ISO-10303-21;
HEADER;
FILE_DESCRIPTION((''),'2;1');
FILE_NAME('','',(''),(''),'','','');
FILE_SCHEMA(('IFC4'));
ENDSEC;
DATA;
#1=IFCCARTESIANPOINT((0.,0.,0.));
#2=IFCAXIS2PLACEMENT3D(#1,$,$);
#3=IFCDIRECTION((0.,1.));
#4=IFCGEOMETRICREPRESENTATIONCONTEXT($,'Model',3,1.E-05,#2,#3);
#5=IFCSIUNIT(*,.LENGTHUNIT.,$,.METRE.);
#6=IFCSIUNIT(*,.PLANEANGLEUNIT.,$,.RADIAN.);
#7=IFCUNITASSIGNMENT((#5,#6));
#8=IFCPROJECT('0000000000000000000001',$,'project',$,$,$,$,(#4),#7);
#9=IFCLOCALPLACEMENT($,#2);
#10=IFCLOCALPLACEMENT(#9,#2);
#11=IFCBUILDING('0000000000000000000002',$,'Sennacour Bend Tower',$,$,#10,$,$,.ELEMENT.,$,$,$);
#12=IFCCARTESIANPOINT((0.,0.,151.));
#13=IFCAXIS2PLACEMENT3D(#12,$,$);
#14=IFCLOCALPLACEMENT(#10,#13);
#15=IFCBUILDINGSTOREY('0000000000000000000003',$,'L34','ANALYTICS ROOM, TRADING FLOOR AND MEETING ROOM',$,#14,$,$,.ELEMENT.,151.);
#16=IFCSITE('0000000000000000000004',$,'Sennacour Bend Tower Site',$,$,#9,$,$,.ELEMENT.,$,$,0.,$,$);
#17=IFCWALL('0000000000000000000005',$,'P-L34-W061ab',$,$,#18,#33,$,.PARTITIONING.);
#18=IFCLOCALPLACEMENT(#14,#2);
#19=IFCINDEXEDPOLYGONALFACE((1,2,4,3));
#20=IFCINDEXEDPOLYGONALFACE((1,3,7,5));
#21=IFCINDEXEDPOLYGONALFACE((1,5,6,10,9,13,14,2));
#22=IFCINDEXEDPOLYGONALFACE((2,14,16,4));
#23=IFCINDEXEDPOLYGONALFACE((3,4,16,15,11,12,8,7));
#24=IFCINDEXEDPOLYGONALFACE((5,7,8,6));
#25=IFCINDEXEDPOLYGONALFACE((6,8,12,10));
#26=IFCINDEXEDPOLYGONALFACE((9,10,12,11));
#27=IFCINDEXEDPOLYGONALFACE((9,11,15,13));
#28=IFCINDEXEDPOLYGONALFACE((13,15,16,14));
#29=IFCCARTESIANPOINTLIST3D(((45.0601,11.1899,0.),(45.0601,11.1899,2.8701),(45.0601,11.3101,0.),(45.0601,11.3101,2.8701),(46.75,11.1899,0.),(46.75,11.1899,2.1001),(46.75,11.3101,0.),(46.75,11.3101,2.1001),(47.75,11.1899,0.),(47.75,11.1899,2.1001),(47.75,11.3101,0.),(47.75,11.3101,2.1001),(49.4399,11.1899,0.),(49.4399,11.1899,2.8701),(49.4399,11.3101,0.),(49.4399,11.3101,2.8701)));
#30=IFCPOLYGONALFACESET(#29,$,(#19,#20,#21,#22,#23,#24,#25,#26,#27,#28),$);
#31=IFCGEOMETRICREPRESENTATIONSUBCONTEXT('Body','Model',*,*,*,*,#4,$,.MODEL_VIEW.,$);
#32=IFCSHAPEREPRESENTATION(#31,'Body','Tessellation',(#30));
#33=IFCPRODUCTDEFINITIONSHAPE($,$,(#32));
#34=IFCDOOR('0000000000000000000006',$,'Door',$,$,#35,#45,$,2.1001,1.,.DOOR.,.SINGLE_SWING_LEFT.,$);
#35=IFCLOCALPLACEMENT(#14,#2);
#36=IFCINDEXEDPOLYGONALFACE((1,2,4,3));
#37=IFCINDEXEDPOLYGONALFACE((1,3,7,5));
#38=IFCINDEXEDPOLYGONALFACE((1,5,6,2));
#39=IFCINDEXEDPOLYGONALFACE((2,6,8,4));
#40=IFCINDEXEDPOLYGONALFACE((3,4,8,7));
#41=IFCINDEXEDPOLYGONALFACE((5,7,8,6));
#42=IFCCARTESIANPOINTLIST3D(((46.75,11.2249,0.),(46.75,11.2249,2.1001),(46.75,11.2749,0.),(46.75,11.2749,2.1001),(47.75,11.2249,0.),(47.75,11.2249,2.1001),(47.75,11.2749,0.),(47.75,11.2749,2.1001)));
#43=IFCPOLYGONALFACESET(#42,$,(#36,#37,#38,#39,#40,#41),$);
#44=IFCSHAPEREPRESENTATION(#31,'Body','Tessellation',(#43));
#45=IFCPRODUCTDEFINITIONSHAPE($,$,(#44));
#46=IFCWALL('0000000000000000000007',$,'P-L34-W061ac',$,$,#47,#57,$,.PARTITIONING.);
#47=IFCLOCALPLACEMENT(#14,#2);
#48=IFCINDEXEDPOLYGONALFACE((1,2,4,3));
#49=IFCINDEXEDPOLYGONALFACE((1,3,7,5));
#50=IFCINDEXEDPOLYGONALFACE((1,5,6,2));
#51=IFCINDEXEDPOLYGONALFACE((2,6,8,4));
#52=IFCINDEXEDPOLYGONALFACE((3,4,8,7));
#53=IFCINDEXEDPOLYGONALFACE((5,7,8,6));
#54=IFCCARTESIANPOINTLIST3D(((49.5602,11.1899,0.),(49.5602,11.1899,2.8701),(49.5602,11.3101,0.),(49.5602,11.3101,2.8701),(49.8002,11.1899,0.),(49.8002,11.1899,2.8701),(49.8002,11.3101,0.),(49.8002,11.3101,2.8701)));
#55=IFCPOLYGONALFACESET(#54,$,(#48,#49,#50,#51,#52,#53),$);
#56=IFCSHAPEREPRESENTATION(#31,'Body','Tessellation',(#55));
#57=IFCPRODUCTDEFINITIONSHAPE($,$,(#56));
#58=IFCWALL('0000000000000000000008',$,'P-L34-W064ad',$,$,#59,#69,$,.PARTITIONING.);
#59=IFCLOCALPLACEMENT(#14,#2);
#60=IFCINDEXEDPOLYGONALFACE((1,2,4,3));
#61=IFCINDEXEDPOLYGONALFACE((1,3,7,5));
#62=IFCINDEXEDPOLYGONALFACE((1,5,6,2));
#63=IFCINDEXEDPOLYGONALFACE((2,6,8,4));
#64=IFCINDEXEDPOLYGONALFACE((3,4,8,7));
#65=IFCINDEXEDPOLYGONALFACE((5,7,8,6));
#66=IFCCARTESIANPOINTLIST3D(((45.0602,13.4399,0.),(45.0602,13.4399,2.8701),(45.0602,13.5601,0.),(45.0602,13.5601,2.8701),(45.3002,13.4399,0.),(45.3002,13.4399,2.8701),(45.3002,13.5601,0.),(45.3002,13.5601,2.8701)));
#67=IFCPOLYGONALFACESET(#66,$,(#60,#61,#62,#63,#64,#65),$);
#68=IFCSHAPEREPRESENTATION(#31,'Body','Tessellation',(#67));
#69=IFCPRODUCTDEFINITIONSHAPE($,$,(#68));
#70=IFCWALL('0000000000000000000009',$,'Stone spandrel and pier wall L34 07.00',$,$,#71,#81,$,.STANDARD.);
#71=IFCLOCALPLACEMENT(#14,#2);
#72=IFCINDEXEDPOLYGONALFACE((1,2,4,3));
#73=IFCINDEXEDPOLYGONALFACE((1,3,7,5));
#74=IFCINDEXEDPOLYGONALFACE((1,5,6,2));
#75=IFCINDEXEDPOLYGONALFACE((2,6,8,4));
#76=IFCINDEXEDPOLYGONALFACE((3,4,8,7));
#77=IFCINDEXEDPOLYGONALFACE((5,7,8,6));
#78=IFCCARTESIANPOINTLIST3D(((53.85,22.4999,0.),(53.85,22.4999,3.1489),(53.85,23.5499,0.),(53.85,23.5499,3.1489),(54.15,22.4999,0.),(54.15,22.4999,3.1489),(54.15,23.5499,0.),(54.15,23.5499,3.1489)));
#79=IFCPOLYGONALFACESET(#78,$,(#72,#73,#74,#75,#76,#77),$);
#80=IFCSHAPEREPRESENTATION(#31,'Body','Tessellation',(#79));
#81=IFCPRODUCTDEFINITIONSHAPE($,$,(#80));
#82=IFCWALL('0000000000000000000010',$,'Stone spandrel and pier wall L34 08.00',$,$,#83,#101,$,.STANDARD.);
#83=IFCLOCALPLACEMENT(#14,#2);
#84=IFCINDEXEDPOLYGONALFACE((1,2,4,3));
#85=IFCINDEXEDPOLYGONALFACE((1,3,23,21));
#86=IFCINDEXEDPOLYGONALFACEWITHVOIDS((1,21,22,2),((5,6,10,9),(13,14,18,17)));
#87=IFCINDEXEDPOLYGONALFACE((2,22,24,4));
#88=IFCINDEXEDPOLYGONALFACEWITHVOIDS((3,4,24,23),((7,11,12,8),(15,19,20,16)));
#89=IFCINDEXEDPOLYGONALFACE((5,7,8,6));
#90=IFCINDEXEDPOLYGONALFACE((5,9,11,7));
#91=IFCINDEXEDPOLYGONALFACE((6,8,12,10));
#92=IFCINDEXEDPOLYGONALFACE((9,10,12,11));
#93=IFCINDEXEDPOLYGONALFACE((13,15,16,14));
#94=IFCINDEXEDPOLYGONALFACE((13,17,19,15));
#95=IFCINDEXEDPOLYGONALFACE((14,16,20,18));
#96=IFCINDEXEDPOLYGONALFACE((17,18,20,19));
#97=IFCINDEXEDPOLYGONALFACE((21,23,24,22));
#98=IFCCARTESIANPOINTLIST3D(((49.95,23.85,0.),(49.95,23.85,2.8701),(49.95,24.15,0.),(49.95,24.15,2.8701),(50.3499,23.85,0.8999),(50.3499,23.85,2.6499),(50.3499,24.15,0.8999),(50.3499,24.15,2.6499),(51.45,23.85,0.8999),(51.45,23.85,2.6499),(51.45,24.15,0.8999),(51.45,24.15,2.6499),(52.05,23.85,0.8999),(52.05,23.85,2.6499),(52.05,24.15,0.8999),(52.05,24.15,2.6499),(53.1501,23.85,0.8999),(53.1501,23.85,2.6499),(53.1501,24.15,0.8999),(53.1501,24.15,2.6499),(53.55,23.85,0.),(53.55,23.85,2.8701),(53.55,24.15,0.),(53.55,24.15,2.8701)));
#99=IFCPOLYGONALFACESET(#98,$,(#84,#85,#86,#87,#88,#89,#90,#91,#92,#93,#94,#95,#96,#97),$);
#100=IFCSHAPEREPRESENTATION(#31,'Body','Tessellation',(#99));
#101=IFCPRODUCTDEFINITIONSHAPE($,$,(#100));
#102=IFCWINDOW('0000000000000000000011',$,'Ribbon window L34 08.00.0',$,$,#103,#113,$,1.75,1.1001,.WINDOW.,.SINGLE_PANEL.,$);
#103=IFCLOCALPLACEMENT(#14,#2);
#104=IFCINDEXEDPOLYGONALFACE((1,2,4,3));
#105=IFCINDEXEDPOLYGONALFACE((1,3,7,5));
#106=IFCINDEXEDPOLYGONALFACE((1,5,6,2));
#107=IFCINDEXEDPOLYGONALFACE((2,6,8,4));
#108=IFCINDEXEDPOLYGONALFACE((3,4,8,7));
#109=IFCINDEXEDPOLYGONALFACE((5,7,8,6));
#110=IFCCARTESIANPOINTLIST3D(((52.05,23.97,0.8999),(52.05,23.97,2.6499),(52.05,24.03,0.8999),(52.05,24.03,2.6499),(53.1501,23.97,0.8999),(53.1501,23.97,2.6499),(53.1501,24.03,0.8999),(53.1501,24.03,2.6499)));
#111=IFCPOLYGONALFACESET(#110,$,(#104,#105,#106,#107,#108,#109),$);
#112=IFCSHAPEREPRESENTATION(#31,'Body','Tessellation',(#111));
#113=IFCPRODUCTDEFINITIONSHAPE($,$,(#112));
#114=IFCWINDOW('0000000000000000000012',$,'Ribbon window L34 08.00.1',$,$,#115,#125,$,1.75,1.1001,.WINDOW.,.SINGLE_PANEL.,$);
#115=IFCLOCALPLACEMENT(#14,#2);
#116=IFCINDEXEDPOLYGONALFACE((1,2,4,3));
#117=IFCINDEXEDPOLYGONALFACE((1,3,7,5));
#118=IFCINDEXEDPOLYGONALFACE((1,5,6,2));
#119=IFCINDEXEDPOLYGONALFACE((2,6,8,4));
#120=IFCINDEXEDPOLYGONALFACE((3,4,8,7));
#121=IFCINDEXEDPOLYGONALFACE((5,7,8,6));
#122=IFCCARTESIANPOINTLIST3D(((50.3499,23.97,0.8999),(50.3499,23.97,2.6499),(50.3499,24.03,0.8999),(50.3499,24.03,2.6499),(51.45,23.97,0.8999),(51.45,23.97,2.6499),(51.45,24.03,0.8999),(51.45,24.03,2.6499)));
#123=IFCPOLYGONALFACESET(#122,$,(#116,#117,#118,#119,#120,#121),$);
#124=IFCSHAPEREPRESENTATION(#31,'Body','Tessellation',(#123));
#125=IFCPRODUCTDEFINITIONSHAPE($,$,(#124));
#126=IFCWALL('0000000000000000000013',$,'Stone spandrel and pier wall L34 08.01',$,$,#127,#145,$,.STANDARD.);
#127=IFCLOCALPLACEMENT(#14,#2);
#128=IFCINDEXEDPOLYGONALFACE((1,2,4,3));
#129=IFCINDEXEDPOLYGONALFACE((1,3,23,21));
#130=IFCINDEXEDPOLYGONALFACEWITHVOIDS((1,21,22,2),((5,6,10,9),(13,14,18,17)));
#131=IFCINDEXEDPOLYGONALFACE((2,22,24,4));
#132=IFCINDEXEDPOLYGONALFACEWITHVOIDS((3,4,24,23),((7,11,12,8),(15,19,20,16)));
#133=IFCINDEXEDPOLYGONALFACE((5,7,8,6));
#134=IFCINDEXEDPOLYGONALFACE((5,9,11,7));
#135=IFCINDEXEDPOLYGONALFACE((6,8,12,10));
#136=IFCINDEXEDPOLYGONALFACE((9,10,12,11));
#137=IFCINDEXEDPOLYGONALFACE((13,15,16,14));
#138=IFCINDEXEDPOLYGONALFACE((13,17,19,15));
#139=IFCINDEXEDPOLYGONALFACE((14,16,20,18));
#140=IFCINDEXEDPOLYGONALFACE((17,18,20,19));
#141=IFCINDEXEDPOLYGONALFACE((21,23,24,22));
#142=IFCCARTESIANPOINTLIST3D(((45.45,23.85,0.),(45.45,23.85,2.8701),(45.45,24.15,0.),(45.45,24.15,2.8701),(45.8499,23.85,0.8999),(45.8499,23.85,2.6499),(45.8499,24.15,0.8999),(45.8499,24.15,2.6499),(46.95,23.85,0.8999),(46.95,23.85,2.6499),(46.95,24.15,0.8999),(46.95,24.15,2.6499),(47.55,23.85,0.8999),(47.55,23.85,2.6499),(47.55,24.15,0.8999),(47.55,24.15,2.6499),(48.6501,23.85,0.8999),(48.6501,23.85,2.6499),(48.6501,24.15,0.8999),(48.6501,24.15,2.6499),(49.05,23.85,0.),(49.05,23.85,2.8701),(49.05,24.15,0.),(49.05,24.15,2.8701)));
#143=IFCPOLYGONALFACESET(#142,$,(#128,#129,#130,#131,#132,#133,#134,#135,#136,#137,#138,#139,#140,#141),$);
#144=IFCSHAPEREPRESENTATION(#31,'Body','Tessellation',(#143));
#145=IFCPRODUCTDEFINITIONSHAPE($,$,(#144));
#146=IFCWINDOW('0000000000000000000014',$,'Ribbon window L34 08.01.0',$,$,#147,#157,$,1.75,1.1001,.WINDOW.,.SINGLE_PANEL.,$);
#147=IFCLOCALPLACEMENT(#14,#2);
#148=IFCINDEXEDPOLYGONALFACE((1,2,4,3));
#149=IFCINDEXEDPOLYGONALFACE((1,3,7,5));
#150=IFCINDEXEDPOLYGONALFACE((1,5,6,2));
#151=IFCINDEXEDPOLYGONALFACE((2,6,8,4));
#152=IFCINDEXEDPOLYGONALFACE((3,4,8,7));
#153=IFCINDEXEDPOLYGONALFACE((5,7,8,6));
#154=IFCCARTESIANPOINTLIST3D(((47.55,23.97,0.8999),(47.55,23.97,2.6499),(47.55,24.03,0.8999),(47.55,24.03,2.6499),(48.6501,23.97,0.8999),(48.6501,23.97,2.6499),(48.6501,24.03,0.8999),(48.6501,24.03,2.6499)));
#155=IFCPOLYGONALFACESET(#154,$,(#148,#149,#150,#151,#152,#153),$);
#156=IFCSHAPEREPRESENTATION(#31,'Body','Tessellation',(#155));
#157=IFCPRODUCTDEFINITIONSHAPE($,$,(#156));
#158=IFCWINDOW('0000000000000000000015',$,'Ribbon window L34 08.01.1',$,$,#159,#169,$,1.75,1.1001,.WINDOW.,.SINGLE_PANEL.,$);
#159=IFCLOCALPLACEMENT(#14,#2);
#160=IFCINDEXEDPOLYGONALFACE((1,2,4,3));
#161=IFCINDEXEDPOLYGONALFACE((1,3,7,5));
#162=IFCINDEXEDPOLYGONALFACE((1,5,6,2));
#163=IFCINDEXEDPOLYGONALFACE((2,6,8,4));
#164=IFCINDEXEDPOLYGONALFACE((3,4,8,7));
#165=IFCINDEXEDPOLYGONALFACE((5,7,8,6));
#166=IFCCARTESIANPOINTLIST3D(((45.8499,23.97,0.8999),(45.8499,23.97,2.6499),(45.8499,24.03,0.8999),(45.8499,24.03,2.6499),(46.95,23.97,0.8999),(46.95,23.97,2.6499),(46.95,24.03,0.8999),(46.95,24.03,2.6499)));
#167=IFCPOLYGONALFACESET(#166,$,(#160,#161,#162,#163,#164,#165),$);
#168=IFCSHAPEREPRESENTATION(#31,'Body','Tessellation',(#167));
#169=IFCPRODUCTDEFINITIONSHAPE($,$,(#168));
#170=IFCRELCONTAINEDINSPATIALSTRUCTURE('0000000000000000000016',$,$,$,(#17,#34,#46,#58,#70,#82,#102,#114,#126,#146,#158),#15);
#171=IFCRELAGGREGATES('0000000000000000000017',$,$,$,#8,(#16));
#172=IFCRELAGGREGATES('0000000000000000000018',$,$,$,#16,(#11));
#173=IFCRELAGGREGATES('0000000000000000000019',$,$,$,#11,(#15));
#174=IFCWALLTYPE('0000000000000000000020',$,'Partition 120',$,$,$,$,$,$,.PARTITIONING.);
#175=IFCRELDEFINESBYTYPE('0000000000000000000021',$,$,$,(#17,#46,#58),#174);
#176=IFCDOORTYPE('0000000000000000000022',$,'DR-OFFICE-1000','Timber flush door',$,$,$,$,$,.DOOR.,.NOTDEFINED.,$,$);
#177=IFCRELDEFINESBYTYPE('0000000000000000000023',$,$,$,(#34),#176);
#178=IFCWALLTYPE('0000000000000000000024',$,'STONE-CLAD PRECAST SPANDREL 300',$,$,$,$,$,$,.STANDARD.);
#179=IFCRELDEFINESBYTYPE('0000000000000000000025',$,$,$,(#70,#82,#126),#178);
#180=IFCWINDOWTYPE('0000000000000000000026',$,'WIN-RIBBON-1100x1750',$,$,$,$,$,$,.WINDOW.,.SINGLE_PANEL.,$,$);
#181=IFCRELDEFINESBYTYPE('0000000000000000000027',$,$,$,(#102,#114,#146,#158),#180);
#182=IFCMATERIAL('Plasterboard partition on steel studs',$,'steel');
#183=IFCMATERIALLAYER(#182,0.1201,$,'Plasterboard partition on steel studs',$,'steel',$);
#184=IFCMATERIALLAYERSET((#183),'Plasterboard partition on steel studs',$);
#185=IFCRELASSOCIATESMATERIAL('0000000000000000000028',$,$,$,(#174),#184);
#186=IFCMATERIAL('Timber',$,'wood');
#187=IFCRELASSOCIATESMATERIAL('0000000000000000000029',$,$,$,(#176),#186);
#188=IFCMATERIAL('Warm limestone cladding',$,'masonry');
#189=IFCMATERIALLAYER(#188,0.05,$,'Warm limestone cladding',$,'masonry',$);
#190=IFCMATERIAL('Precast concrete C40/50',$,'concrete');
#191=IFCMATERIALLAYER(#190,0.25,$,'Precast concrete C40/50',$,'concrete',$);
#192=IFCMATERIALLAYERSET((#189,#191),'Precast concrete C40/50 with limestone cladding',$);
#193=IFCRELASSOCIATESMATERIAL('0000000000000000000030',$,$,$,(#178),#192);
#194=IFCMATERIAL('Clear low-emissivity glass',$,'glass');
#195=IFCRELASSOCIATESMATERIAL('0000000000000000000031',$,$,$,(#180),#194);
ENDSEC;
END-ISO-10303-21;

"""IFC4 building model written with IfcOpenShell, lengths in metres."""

from ifc_helpers import new_model, si_unit, direction, frame, frame_2d, origin, place, context, subcontext, project, spatial, rectangle, extrude, material, layer, layer_set, type_object, element, fill, save


model = new_model("IFC4")

# Units and contexts
model_context = context("Model", 3, precision=1e-05, world=origin(), true_north=direction((0.0, 1.0)))
body_context = subcontext(model_context, "Body", "Model", "MODEL_VIEW")
ifc_project = project(units=[si_unit("LENGTHUNIT", "METRE"), si_unit("PLANEANGLEUNIT", "RADIAN")], contexts=[model_context])

# Site, building, storey
site_placement = place(None, origin())
site = spatial("IfcSite", under=ifc_project, at=site_placement, Name="Sennacour Bend Tower Site", CompositionType="ELEMENT", RefElevation=0.0)
building_placement = place(site_placement, origin())
building = spatial("IfcBuilding", under=site, at=building_placement, Name="Sennacour Bend Tower", CompositionType="ELEMENT")
storey_placement = place(building_placement, frame((0.0, 0.0, 151.0)))
storey = spatial("IfcBuildingStorey", under=building, at=storey_placement, Name="L34", Description="ANALYTICS ROOM, TRADING FLOOR AND MEETING ROOM", CompositionType="ELEMENT", Elevation=151.0)

# Shared definitions
ifc_material_1 = material(Name="Clear low-emissivity glass", Category="glass")

# Shared definitions
ifc_material_2 = material(Name="Plasterboard partition on steel studs", Category="steel")
ifc_layer_1 = layer(ifc_material_2, 0.1201, Name="Plasterboard partition on steel studs", Category="steel")
ifc_layer_set_1 = layer_set([ifc_layer_1], Name="Plasterboard partition on steel studs")
wall_type_1 = type_object("IfcWallType", Name="Partition 120", PredefinedType="PARTITIONING", material=ifc_layer_set_1)

# Wall, opening, door
wall_1_placement = place(storey_placement, frame((45.0601, 11.25, 0.0), z_axis=(0.0, 0.0, 1.0), x_axis=(1.0, 0.0, 0.0)))
wall_1 = element("IfcWall", 1, at=wall_1_placement, inside=storey, type_object=wall_type_1, Name="P-L34-W061ab", PredefinedType="PARTITIONING", context=body_context, shape_type="SweptSolid", body=[
    extrude(rectangle(XDim=4.3799, YDim=0.1201, at=frame_2d((2.1899, 0.0))), origin(), (0.0, 0.0, 1.0), 2.8701),
])
opening_1_placement = place(wall_1_placement, frame((1.6899, 0.0, 0.0)))
opening_1 = element("IfcOpeningElement", 2, at=opening_1_placement, cuts=wall_1, PredefinedType="OPENING", context=body_context, shape_type="SweptSolid", body=[
    extrude(rectangle(XDim=1.0, YDim=2.1001, at=frame_2d((0.5, 1.05))), frame((0.0, 0.0701, 0.0), z_axis=(0.0, -1.0, 0.0), x_axis=(1.0, 0.0, 0.0)), (0.0, 0.0, 1.0), 0.1401),
])
ifc_material_3 = material(Name="Timber", Category="wood")
door_type_1 = type_object("IfcDoorType", Name="DR-OFFICE-1000", Description="Timber flush door", OperationType="NOTDEFINED", PredefinedType="DOOR", material=ifc_material_3)
door_1_placement = place(opening_1_placement, origin())
door_1 = element("IfcDoor", 3, at=door_1_placement, inside=storey, type_object=door_type_1, Name="Door", OperationType="SINGLE_SWING_LEFT", OverallHeight=2.1001, OverallWidth=1.0, PredefinedType="DOOR", context=body_context, shape_type="SweptSolid", body=[
    extrude(rectangle(XDim=1.0, YDim=2.1001, at=frame_2d((0.5, 1.05))), frame((0.0, 0.0249, 0.0), z_axis=(0.0, -1.0, 0.0), x_axis=(1.0, 0.0, 0.0)), (0.0, 0.0, 1.0), 0.05),
])
fill(opening_1, door_1)

# Walls
for number, where, z_axis, x_axis, name in (
    (4, (49.5601, 11.25, 0.0), (0.0, 0.0, 1.0), (1.0, 0.0, 0.0), "P-L34-W061ac"),
    (5, (45.0601, 13.5, 0.0), (0.0, 0.0, 1.0), (1.0, 0.0, 0.0), "P-L34-W064ad"),
):
    element("IfcWall", number, at=place(storey_placement, frame(where, z_axis=z_axis, x_axis=x_axis)), inside=storey, type_object=wall_type_1, Name=name, PredefinedType="PARTITIONING", context=body_context, shape_type="SweptSolid", body=[
        extrude(rectangle(XDim=0.24, YDim=0.1201, at=frame_2d((0.1201, 0.0))), origin(), (0.0, 0.0, 1.0), 2.8701),
    ])
ifc_material_4 = material(Name="Warm limestone cladding", Category="masonry")
ifc_layer_2 = layer(ifc_material_4, 0.05, Name="Warm limestone cladding", Category="masonry")
ifc_material_5 = material(Name="Precast concrete C40/50", Category="concrete")
ifc_layer_3 = layer(ifc_material_5, 0.25, Name="Precast concrete C40/50", Category="concrete")
ifc_layer_set_2 = layer_set([ifc_layer_2, ifc_layer_3], Name="Precast concrete C40/50 with limestone cladding")
wall_type_2 = type_object("IfcWallType", Name="STONE-CLAD PRECAST SPANDREL 300", PredefinedType="STANDARD", material=ifc_layer_set_2)
wall_2_placement = place(storey_placement, frame((54.0, 22.5, 0.0), z_axis=(0.0, 0.0, 1.0), x_axis=(0.0, 1.0, 0.0)))
element("IfcWall", 6, at=wall_2_placement, inside=storey, type_object=wall_type_2, Name="Stone spandrel and pier wall L34 07.00", PredefinedType="STANDARD", context=body_context, shape_type="SweptSolid", body=[
    extrude(rectangle(XDim=1.05, YDim=0.3, at=frame_2d((0.5249, 0.0))), origin(), (0.0, 0.0, 1.0), 3.1489),
])

# Walls, openings, windows
wall_3_placement = place(storey_placement, frame((53.55, 24.0, 0.0), z_axis=(0.0, 0.0, 1.0), x_axis=(-1.0, 0.0, 0.0)))
wall_3 = element("IfcWall", 7, at=wall_3_placement, inside=storey, type_object=wall_type_2, Name="Stone spandrel and pier wall L34 08.00", PredefinedType="STANDARD", context=body_context, shape_type="SweptSolid", body=[
    extrude(rectangle(XDim=3.6001, YDim=0.3, at=frame_2d((1.8, 0.0))), origin(), (0.0, 0.0, 1.0), 2.8701),
])
opening_2_placement = place(wall_3_placement, frame((0.3999, 0.0, 0.8999)))
opening_2 = element("IfcOpeningElement", 8, at=opening_2_placement, cuts=wall_3, PredefinedType="OPENING", context=body_context, shape_type="SweptSolid", body=[
    extrude(rectangle(XDim=1.1001, YDim=1.75, at=frame_2d((0.55, 0.875))), frame((0.0, 0.1602, 0.0), z_axis=(0.0, -1.0, 0.0), x_axis=(1.0, 0.0, 0.0)), (0.0, 0.0, 1.0), 0.3201),
])
opening_3_placement = place(wall_3_placement, frame((2.1001, 0.0, 0.8999)))
opening_3 = element("IfcOpeningElement", 9, at=opening_3_placement, cuts=wall_3, PredefinedType="OPENING", context=body_context, shape_type="SweptSolid", body=[
    extrude(rectangle(XDim=1.1001, YDim=1.75, at=frame_2d((0.55, 0.875))), frame((0.0, 0.1602, 0.0), z_axis=(0.0, -1.0, 0.0), x_axis=(1.0, 0.0, 0.0)), (0.0, 0.0, 1.0), 0.3201),
])
window_type = type_object("IfcWindowType", Name="WIN-RIBBON-1100x1750", PartitioningType="SINGLE_PANEL", PredefinedType="WINDOW", material=ifc_material_1)
window_1_placement = place(opening_2_placement, origin())
window_1 = element("IfcWindow", 10, at=window_1_placement, inside=storey, type_object=window_type, Name="Ribbon window L34 08.00.0", OverallHeight=1.75, OverallWidth=1.1001, PartitioningType="SINGLE_PANEL", PredefinedType="WINDOW", context=body_context, shape_type="SweptSolid", body=[
    extrude(rectangle(XDim=1.1001, YDim=1.75, at=frame_2d((0.55, 0.875))), frame((0.0, 0.03, 0.0), z_axis=(0.0, -1.0, 0.0), x_axis=(1.0, 0.0, 0.0)), (0.0, 0.0, 1.0), 0.0601),
])
fill(opening_2, window_1)
window_2_placement = place(opening_3_placement, origin())
window_2 = element("IfcWindow", 11, at=window_2_placement, inside=storey, type_object=window_type, Name="Ribbon window L34 08.00.1", OverallHeight=1.75, OverallWidth=1.1001, PartitioningType="SINGLE_PANEL", PredefinedType="WINDOW", context=body_context, shape_type="SweptSolid", body=[
    extrude(rectangle(XDim=1.1001, YDim=1.75, at=frame_2d((0.55, 0.875))), frame((0.0, 0.03, 0.0), z_axis=(0.0, -1.0, 0.0), x_axis=(1.0, 0.0, 0.0)), (0.0, 0.0, 1.0), 0.0601),
])
fill(opening_3, window_2)
wall_4_placement = place(storey_placement, frame((49.05, 24.0, 0.0), z_axis=(0.0, 0.0, 1.0), x_axis=(-1.0, 0.0, 0.0)))
wall_4 = element("IfcWall", 12, at=wall_4_placement, inside=storey, type_object=wall_type_2, Name="Stone spandrel and pier wall L34 08.01", PredefinedType="STANDARD", context=body_context, shape_type="SweptSolid", body=[
    extrude(rectangle(XDim=3.6001, YDim=0.3, at=frame_2d((1.8, 0.0))), origin(), (0.0, 0.0, 1.0), 2.8701),
])
opening_4_placement = place(wall_4_placement, frame((0.3999, 0.0, 0.8999)))
opening_4 = element("IfcOpeningElement", 13, at=opening_4_placement, cuts=wall_4, PredefinedType="OPENING", context=body_context, shape_type="SweptSolid", body=[
    extrude(rectangle(XDim=1.1001, YDim=1.75, at=frame_2d((0.55, 0.875))), frame((0.0, 0.1602, 0.0), z_axis=(0.0, -1.0, 0.0), x_axis=(1.0, 0.0, 0.0)), (0.0, 0.0, 1.0), 0.3201),
])
opening_5_placement = place(wall_4_placement, frame((2.1001, 0.0, 0.8999)))
opening_5 = element("IfcOpeningElement", 14, at=opening_5_placement, cuts=wall_4, PredefinedType="OPENING", context=body_context, shape_type="SweptSolid", body=[
    extrude(rectangle(XDim=1.1001, YDim=1.75, at=frame_2d((0.55, 0.875))), frame((0.0, 0.1602, 0.0), z_axis=(0.0, -1.0, 0.0), x_axis=(1.0, 0.0, 0.0)), (0.0, 0.0, 1.0), 0.3201),
])
window_3_placement = place(opening_4_placement, origin())
window_3 = element("IfcWindow", 15, at=window_3_placement, inside=storey, type_object=window_type, Name="Ribbon window L34 08.01.0", OverallHeight=1.75, OverallWidth=1.1001, PartitioningType="SINGLE_PANEL", PredefinedType="WINDOW", context=body_context, shape_type="SweptSolid", body=[
    extrude(rectangle(XDim=1.1001, YDim=1.75, at=frame_2d((0.55, 0.875))), frame((0.0, 0.03, 0.0), z_axis=(0.0, -1.0, 0.0), x_axis=(1.0, 0.0, 0.0)), (0.0, 0.0, 1.0), 0.0601),
])
fill(opening_4, window_3)
window_4_placement = place(opening_5_placement, origin())
window_4 = element("IfcWindow", 16, at=window_4_placement, inside=storey, type_object=window_type, Name="Ribbon window L34 08.01.1", OverallHeight=1.75, OverallWidth=1.1001, PartitioningType="SINGLE_PANEL", PredefinedType="WINDOW", context=body_context, shape_type="SweptSolid", body=[
    extrude(rectangle(XDim=1.1001, YDim=1.75, at=frame_2d((0.55, 0.875))), frame((0.0, 0.03, 0.0), z_axis=(0.0, -1.0, 0.0), x_axis=(1.0, 0.0, 0.0)), (0.0, 0.0, 1.0), 0.0601),
])
fill(opening_5, window_4)

save(model, "model.ifc")
